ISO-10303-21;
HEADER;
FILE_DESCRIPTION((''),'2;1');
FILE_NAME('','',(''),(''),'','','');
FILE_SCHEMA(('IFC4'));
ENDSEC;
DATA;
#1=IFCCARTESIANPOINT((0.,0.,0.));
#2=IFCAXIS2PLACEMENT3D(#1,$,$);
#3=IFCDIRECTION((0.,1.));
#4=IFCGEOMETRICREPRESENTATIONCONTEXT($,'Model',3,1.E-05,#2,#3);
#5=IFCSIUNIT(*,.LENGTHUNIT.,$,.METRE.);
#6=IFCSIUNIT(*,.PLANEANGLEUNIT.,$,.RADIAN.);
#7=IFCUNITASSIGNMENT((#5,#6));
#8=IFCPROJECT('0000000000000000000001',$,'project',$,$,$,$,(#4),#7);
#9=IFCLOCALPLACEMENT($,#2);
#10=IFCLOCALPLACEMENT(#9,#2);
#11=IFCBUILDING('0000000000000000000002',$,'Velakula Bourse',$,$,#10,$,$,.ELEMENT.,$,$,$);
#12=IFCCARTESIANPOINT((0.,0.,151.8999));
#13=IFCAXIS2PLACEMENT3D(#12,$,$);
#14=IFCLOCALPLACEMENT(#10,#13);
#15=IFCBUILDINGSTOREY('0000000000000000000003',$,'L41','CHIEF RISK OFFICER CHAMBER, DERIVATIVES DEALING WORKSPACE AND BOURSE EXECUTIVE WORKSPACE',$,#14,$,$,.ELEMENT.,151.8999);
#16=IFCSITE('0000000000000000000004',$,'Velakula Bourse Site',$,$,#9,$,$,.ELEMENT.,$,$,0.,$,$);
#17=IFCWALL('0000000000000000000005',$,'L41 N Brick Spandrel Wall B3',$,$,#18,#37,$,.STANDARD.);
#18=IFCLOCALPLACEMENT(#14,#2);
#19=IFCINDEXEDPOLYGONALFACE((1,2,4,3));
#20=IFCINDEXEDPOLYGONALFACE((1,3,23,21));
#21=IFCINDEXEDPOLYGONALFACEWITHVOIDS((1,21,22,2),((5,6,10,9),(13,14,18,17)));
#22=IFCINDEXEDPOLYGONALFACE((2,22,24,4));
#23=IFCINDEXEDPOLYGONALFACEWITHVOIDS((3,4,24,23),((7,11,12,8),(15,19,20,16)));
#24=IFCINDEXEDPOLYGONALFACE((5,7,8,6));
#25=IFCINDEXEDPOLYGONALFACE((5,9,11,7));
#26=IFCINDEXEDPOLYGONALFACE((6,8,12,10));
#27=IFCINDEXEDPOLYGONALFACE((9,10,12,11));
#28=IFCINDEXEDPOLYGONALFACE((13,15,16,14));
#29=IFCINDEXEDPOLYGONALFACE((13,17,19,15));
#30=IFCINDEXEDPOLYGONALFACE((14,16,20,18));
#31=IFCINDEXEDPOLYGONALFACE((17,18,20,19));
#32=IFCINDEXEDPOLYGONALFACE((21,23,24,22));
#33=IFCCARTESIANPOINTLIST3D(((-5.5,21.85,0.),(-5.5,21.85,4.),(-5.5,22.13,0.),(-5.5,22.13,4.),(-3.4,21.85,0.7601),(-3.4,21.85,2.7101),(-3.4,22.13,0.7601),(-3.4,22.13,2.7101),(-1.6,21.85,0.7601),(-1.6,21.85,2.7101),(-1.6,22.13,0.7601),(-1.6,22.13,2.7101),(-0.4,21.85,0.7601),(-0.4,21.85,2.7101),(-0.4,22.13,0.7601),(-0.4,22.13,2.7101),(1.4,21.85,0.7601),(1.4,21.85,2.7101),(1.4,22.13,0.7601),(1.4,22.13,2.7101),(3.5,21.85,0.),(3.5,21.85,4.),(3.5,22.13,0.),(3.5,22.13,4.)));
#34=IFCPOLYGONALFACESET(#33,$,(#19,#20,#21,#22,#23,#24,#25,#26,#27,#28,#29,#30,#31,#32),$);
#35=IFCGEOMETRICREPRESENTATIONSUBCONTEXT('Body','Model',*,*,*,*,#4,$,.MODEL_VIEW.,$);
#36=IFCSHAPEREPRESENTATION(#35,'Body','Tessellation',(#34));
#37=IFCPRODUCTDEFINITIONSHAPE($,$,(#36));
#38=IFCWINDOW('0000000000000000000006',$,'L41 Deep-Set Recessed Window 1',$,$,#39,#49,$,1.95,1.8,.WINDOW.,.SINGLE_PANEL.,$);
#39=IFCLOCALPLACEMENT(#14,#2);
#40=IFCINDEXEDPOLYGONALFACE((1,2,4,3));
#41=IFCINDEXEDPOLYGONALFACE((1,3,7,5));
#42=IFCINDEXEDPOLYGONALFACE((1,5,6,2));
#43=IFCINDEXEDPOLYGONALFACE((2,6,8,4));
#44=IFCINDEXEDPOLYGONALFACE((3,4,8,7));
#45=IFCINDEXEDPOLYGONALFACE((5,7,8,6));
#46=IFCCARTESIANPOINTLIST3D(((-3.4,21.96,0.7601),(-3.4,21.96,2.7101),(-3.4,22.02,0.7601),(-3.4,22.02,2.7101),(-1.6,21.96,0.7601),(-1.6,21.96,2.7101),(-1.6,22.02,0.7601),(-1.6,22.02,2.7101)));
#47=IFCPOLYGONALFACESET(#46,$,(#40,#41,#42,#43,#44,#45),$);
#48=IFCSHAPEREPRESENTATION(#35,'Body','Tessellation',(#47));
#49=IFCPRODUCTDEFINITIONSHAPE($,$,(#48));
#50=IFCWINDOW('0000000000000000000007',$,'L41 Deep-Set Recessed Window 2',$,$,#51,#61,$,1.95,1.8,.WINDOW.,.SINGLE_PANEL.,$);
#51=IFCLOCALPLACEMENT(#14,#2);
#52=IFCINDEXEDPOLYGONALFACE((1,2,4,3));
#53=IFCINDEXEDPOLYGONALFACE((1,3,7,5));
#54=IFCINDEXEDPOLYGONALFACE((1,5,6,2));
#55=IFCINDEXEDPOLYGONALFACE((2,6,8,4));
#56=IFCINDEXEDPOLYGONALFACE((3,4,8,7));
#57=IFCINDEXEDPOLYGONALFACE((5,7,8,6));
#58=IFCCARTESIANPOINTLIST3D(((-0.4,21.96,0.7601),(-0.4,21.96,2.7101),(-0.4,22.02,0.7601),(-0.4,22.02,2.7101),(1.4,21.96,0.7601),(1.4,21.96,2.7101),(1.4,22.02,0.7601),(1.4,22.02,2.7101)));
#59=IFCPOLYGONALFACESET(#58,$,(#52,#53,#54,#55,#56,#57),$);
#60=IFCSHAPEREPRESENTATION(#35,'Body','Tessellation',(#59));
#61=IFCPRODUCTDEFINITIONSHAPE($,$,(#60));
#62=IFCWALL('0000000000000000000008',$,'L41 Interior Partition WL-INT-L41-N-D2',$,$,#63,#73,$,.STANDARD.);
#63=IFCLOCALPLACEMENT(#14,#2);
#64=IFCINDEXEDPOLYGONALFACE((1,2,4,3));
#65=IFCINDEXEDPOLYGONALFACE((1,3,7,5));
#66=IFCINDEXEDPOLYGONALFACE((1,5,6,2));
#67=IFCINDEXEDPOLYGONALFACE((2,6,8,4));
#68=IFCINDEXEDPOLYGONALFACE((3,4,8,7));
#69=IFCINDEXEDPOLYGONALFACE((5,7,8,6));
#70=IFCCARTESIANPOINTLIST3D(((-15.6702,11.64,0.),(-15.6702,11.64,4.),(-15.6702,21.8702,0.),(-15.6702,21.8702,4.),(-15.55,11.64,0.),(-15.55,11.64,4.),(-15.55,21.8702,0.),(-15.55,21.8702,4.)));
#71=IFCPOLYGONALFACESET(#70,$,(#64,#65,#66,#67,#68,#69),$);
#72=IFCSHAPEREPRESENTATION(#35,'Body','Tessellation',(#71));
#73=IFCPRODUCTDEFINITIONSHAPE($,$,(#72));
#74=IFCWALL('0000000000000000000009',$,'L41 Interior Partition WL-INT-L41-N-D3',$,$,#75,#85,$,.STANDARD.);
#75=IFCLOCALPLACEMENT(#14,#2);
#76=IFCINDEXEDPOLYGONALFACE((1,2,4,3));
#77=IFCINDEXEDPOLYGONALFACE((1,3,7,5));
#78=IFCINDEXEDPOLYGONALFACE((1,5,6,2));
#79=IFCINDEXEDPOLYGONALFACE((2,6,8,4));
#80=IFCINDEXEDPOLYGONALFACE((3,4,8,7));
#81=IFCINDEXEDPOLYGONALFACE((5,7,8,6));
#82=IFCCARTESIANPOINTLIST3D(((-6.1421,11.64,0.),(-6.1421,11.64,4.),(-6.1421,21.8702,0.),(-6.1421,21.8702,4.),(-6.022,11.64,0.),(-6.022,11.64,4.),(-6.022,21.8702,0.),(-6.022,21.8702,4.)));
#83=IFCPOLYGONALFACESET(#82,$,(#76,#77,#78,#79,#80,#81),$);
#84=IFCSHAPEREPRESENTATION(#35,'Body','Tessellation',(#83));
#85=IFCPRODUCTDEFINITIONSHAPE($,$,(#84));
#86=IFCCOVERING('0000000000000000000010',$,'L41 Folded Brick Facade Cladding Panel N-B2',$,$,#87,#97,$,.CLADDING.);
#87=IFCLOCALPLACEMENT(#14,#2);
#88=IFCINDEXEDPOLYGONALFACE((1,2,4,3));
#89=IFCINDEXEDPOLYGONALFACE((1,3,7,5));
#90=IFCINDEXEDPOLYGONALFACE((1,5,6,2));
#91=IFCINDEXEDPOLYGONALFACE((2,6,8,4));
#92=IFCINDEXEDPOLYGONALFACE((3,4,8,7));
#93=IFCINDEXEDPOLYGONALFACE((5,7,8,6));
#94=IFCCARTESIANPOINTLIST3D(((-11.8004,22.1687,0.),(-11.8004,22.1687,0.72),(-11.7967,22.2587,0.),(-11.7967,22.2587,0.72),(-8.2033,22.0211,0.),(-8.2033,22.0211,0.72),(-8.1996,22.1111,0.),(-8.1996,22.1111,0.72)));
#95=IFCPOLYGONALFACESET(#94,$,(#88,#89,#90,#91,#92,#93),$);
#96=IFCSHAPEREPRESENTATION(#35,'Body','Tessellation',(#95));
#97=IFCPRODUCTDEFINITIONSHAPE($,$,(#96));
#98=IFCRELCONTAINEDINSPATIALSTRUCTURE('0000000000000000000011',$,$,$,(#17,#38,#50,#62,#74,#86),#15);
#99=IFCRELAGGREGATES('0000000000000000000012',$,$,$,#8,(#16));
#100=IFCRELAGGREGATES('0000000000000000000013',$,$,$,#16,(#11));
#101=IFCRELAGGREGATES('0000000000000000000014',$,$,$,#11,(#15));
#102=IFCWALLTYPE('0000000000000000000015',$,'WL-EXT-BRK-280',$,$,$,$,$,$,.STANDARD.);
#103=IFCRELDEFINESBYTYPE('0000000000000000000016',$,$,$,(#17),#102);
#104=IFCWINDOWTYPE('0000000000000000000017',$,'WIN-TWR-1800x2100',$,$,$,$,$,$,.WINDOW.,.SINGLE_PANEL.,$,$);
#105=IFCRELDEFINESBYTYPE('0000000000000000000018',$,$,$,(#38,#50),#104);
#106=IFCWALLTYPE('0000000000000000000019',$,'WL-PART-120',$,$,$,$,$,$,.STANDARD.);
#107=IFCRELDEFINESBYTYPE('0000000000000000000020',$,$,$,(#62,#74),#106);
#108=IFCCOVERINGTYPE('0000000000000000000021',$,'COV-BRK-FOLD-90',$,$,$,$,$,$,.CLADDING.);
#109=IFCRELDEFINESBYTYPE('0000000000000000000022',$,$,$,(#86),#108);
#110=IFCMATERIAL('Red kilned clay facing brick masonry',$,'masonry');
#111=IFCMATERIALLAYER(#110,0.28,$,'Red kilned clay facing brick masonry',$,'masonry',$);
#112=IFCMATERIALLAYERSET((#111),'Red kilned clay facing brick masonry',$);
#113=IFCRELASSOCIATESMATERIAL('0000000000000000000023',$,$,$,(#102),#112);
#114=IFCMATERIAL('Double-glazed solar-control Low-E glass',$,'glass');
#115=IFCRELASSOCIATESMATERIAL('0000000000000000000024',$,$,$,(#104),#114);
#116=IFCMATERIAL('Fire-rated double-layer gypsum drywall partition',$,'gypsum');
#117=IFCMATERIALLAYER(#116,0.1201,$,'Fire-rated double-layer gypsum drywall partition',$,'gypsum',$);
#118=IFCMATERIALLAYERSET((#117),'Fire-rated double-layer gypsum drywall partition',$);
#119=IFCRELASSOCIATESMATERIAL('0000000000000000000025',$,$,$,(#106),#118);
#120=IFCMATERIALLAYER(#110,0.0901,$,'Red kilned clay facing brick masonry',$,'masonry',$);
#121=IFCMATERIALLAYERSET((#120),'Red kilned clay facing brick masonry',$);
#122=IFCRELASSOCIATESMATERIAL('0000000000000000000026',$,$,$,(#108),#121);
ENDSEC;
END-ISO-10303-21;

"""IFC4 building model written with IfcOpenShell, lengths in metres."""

from ifc_helpers import new_model, si_unit, direction, frame, frame_2d, origin, origin_2d, place, context, subcontext, project, spatial, rectangle, extrude, material, layer, layer_set, type_object, element, fill, save


model = new_model("IFC4")

# Units and contexts
model_context = context("Model", 3, precision=1e-05, world=origin(), true_north=direction((0.0, 1.0)))
body_context = subcontext(model_context, "Body", "Model", "MODEL_VIEW")
ifc_project = project(units=[si_unit("LENGTHUNIT", "METRE"), si_unit("PLANEANGLEUNIT", "RADIAN")], contexts=[model_context])

# Site, building, storey
site_placement = place(None, origin())
site = spatial("IfcSite", under=ifc_project, at=site_placement, Name="Velakula Bourse Site", CompositionType="ELEMENT", RefElevation=0.0)
building_placement = place(site_placement, origin())
building = spatial("IfcBuilding", under=site, at=building_placement, Name="Velakula Bourse", CompositionType="ELEMENT")
storey_placement = place(building_placement, frame((0.0, 0.0, 151.8999)))
storey = spatial("IfcBuildingStorey", under=building, at=storey_placement, Name="L41", Description="CHIEF RISK OFFICER CHAMBER, DERIVATIVES DEALING WORKSPACE AND BOURSE EXECUTIVE WORKSPACE", CompositionType="ELEMENT", Elevation=151.8999)

# Wall, openings, windows
ifc_material_1 = material(Name="Red kilned clay facing brick masonry", Category="masonry")
ifc_layer_1 = layer(ifc_material_1, 0.28, Name="Red kilned clay facing brick masonry", Category="masonry")
ifc_layer_set_1 = layer_set([ifc_layer_1], Name="Red kilned clay facing brick masonry")
wall_type_1 = type_object("IfcWallType", Name="WL-EXT-BRK-280", PredefinedType="STANDARD", material=ifc_layer_set_1)
ifc_material_2 = material(Name="Double-glazed solar-control Low-E glass", Category="glass")
window_type = type_object("IfcWindowType", Name="WIN-TWR-1800x2100", PartitioningType="SINGLE_PANEL", PredefinedType="WINDOW", material=ifc_material_2)
wall_1_placement = place(storey_placement, frame((-5.5, 21.99, 0.0), z_axis=(0.0, 0.0, 1.0), x_axis=(1.0, 0.0, 0.0)))
wall_1 = element("IfcWall", 1, at=wall_1_placement, inside=storey, type_object=wall_type_1, Name="L41 N Brick Spandrel Wall B3", PredefinedType="STANDARD", context=body_context, shape_type="SweptSolid", body=[
    extrude(rectangle(XDim=9.0, YDim=0.28, at=frame_2d((4.5, 0.0))), origin(), (0.0, 0.0, 1.0), 4.0),
])
opening_1_placement = place(wall_1_placement, frame((2.1001, 0.0, 0.76)))
opening_1 = element("IfcOpeningElement", 2, at=opening_1_placement, cuts=wall_1, PredefinedType="OPENING", context=body_context, shape_type="SweptSolid", body=[
    extrude(rectangle(XDim=1.8, YDim=1.95, at=frame_2d((0.8999, 0.9751))), frame((0.0, 0.1499, 0.0), z_axis=(0.0, -1.0, 0.0), x_axis=(1.0, 0.0, 0.0)), (0.0, 0.0, 1.0), 0.3),
])
opening_2_placement = place(wall_1_placement, frame((5.1001, 0.0, 0.76)))
opening_2 = element("IfcOpeningElement", 3, at=opening_2_placement, cuts=wall_1, PredefinedType="OPENING", context=body_context, shape_type="SweptSolid", body=[
    extrude(rectangle(XDim=1.8, YDim=1.95, at=frame_2d((0.8999, 0.9751))), frame((0.0, 0.1499, 0.0), z_axis=(0.0, -1.0, 0.0), x_axis=(1.0, 0.0, 0.0)), (0.0, 0.0, 1.0), 0.3),
])
window_1_placement = place(opening_1_placement, origin())
window_1 = element("IfcWindow", 4, at=window_1_placement, inside=storey, type_object=window_type, Name="L41 Deep-Set Recessed Window 1", OverallHeight=1.95, OverallWidth=1.8, PartitioningType="SINGLE_PANEL", PredefinedType="WINDOW", context=body_context, shape_type="SweptSolid", body=[
    extrude(rectangle(XDim=1.8, YDim=1.95, at=frame_2d((0.8999, 0.9751))), frame((0.0, 0.03, 0.0), z_axis=(0.0, -1.0, 0.0), x_axis=(1.0, 0.0, 0.0)), (0.0, 0.0, 1.0), 0.0601),
])
fill(opening_1, window_1)
window_2_placement = place(opening_2_placement, origin())
window_2 = element("IfcWindow", 5, at=window_2_placement, inside=storey, type_object=window_type, Name="L41 Deep-Set Recessed Window 2", OverallHeight=1.95, OverallWidth=1.8, PartitioningType="SINGLE_PANEL", PredefinedType="WINDOW", context=body_context, shape_type="SweptSolid", body=[
    extrude(rectangle(XDim=1.8, YDim=1.95, at=frame_2d((0.8999, 0.9751))), frame((0.0, 0.03, 0.0), z_axis=(0.0, -1.0, 0.0), x_axis=(1.0, 0.0, 0.0)), (0.0, 0.0, 1.0), 0.0601),
])
fill(opening_2, window_2)

# Walls
ifc_material_3 = material(Name="Fire-rated double-layer gypsum drywall partition", Category="gypsum")
ifc_layer_2 = layer(ifc_material_3, 0.1201, Name="Fire-rated double-layer gypsum drywall partition", Category="gypsum")
ifc_layer_set_2 = layer_set([ifc_layer_2], Name="Fire-rated double-layer gypsum drywall partition")
wall_type_2 = type_object("IfcWallType", Name="WL-PART-120", PredefinedType="STANDARD", material=ifc_layer_set_2)
for number, where, z_axis, x_axis, name in (
    (6, (-15.6101, 11.6399, 0.0), (0.0, 0.0, 1.0), (0.0, 1.0, 0.0), "L41 Interior Partition WL-INT-L41-N-D2"),
    (7, (-6.082, 11.6399, 0.0), (0.0, 0.0, 1.0), (0.0, 1.0, 0.0), "L41 Interior Partition WL-INT-L41-N-D3"),
):
    element("IfcWall", number, at=place(storey_placement, frame(where, z_axis=z_axis, x_axis=x_axis)), inside=storey, type_object=wall_type_2, Name=name, PredefinedType="STANDARD", context=body_context, shape_type="SweptSolid", body=[
        extrude(rectangle(XDim=10.2302, YDim=0.1201, at=frame_2d((5.1152, 0.0))), origin(), (0.0, 0.0, 1.0), 4.0),
    ])

# Covering
ifc_layer_3 = layer(ifc_material_1, 0.0901, Name="Red kilned clay facing brick masonry", Category="masonry")
ifc_layer_set_3 = layer_set([ifc_layer_3], Name="Red kilned clay facing brick masonry")
covering_type = type_object("IfcCoveringType", Name="COV-BRK-FOLD-90", PredefinedType="CLADDING", material=ifc_layer_set_3)
covering_placement = place(storey_placement, frame((-10.0, 22.1399, 0.0), z_axis=(0.0, 0.0, 1.0), x_axis=(0.999159, -0.041004, 0.0)))
element("IfcCovering", 8, at=covering_placement, inside=storey, type_object=covering_type, Name="L41 Folded Brick Facade Cladding Panel N-B2", PredefinedType="CLADDING", context=body_context, shape_type="SweptSolid", body=[
    extrude(rectangle(XDim=3.6001, YDim=0.0901, at=origin_2d()), origin(), (0.0, 0.0, 1.0), 0.72),
])

save(model, "model.ifc")
